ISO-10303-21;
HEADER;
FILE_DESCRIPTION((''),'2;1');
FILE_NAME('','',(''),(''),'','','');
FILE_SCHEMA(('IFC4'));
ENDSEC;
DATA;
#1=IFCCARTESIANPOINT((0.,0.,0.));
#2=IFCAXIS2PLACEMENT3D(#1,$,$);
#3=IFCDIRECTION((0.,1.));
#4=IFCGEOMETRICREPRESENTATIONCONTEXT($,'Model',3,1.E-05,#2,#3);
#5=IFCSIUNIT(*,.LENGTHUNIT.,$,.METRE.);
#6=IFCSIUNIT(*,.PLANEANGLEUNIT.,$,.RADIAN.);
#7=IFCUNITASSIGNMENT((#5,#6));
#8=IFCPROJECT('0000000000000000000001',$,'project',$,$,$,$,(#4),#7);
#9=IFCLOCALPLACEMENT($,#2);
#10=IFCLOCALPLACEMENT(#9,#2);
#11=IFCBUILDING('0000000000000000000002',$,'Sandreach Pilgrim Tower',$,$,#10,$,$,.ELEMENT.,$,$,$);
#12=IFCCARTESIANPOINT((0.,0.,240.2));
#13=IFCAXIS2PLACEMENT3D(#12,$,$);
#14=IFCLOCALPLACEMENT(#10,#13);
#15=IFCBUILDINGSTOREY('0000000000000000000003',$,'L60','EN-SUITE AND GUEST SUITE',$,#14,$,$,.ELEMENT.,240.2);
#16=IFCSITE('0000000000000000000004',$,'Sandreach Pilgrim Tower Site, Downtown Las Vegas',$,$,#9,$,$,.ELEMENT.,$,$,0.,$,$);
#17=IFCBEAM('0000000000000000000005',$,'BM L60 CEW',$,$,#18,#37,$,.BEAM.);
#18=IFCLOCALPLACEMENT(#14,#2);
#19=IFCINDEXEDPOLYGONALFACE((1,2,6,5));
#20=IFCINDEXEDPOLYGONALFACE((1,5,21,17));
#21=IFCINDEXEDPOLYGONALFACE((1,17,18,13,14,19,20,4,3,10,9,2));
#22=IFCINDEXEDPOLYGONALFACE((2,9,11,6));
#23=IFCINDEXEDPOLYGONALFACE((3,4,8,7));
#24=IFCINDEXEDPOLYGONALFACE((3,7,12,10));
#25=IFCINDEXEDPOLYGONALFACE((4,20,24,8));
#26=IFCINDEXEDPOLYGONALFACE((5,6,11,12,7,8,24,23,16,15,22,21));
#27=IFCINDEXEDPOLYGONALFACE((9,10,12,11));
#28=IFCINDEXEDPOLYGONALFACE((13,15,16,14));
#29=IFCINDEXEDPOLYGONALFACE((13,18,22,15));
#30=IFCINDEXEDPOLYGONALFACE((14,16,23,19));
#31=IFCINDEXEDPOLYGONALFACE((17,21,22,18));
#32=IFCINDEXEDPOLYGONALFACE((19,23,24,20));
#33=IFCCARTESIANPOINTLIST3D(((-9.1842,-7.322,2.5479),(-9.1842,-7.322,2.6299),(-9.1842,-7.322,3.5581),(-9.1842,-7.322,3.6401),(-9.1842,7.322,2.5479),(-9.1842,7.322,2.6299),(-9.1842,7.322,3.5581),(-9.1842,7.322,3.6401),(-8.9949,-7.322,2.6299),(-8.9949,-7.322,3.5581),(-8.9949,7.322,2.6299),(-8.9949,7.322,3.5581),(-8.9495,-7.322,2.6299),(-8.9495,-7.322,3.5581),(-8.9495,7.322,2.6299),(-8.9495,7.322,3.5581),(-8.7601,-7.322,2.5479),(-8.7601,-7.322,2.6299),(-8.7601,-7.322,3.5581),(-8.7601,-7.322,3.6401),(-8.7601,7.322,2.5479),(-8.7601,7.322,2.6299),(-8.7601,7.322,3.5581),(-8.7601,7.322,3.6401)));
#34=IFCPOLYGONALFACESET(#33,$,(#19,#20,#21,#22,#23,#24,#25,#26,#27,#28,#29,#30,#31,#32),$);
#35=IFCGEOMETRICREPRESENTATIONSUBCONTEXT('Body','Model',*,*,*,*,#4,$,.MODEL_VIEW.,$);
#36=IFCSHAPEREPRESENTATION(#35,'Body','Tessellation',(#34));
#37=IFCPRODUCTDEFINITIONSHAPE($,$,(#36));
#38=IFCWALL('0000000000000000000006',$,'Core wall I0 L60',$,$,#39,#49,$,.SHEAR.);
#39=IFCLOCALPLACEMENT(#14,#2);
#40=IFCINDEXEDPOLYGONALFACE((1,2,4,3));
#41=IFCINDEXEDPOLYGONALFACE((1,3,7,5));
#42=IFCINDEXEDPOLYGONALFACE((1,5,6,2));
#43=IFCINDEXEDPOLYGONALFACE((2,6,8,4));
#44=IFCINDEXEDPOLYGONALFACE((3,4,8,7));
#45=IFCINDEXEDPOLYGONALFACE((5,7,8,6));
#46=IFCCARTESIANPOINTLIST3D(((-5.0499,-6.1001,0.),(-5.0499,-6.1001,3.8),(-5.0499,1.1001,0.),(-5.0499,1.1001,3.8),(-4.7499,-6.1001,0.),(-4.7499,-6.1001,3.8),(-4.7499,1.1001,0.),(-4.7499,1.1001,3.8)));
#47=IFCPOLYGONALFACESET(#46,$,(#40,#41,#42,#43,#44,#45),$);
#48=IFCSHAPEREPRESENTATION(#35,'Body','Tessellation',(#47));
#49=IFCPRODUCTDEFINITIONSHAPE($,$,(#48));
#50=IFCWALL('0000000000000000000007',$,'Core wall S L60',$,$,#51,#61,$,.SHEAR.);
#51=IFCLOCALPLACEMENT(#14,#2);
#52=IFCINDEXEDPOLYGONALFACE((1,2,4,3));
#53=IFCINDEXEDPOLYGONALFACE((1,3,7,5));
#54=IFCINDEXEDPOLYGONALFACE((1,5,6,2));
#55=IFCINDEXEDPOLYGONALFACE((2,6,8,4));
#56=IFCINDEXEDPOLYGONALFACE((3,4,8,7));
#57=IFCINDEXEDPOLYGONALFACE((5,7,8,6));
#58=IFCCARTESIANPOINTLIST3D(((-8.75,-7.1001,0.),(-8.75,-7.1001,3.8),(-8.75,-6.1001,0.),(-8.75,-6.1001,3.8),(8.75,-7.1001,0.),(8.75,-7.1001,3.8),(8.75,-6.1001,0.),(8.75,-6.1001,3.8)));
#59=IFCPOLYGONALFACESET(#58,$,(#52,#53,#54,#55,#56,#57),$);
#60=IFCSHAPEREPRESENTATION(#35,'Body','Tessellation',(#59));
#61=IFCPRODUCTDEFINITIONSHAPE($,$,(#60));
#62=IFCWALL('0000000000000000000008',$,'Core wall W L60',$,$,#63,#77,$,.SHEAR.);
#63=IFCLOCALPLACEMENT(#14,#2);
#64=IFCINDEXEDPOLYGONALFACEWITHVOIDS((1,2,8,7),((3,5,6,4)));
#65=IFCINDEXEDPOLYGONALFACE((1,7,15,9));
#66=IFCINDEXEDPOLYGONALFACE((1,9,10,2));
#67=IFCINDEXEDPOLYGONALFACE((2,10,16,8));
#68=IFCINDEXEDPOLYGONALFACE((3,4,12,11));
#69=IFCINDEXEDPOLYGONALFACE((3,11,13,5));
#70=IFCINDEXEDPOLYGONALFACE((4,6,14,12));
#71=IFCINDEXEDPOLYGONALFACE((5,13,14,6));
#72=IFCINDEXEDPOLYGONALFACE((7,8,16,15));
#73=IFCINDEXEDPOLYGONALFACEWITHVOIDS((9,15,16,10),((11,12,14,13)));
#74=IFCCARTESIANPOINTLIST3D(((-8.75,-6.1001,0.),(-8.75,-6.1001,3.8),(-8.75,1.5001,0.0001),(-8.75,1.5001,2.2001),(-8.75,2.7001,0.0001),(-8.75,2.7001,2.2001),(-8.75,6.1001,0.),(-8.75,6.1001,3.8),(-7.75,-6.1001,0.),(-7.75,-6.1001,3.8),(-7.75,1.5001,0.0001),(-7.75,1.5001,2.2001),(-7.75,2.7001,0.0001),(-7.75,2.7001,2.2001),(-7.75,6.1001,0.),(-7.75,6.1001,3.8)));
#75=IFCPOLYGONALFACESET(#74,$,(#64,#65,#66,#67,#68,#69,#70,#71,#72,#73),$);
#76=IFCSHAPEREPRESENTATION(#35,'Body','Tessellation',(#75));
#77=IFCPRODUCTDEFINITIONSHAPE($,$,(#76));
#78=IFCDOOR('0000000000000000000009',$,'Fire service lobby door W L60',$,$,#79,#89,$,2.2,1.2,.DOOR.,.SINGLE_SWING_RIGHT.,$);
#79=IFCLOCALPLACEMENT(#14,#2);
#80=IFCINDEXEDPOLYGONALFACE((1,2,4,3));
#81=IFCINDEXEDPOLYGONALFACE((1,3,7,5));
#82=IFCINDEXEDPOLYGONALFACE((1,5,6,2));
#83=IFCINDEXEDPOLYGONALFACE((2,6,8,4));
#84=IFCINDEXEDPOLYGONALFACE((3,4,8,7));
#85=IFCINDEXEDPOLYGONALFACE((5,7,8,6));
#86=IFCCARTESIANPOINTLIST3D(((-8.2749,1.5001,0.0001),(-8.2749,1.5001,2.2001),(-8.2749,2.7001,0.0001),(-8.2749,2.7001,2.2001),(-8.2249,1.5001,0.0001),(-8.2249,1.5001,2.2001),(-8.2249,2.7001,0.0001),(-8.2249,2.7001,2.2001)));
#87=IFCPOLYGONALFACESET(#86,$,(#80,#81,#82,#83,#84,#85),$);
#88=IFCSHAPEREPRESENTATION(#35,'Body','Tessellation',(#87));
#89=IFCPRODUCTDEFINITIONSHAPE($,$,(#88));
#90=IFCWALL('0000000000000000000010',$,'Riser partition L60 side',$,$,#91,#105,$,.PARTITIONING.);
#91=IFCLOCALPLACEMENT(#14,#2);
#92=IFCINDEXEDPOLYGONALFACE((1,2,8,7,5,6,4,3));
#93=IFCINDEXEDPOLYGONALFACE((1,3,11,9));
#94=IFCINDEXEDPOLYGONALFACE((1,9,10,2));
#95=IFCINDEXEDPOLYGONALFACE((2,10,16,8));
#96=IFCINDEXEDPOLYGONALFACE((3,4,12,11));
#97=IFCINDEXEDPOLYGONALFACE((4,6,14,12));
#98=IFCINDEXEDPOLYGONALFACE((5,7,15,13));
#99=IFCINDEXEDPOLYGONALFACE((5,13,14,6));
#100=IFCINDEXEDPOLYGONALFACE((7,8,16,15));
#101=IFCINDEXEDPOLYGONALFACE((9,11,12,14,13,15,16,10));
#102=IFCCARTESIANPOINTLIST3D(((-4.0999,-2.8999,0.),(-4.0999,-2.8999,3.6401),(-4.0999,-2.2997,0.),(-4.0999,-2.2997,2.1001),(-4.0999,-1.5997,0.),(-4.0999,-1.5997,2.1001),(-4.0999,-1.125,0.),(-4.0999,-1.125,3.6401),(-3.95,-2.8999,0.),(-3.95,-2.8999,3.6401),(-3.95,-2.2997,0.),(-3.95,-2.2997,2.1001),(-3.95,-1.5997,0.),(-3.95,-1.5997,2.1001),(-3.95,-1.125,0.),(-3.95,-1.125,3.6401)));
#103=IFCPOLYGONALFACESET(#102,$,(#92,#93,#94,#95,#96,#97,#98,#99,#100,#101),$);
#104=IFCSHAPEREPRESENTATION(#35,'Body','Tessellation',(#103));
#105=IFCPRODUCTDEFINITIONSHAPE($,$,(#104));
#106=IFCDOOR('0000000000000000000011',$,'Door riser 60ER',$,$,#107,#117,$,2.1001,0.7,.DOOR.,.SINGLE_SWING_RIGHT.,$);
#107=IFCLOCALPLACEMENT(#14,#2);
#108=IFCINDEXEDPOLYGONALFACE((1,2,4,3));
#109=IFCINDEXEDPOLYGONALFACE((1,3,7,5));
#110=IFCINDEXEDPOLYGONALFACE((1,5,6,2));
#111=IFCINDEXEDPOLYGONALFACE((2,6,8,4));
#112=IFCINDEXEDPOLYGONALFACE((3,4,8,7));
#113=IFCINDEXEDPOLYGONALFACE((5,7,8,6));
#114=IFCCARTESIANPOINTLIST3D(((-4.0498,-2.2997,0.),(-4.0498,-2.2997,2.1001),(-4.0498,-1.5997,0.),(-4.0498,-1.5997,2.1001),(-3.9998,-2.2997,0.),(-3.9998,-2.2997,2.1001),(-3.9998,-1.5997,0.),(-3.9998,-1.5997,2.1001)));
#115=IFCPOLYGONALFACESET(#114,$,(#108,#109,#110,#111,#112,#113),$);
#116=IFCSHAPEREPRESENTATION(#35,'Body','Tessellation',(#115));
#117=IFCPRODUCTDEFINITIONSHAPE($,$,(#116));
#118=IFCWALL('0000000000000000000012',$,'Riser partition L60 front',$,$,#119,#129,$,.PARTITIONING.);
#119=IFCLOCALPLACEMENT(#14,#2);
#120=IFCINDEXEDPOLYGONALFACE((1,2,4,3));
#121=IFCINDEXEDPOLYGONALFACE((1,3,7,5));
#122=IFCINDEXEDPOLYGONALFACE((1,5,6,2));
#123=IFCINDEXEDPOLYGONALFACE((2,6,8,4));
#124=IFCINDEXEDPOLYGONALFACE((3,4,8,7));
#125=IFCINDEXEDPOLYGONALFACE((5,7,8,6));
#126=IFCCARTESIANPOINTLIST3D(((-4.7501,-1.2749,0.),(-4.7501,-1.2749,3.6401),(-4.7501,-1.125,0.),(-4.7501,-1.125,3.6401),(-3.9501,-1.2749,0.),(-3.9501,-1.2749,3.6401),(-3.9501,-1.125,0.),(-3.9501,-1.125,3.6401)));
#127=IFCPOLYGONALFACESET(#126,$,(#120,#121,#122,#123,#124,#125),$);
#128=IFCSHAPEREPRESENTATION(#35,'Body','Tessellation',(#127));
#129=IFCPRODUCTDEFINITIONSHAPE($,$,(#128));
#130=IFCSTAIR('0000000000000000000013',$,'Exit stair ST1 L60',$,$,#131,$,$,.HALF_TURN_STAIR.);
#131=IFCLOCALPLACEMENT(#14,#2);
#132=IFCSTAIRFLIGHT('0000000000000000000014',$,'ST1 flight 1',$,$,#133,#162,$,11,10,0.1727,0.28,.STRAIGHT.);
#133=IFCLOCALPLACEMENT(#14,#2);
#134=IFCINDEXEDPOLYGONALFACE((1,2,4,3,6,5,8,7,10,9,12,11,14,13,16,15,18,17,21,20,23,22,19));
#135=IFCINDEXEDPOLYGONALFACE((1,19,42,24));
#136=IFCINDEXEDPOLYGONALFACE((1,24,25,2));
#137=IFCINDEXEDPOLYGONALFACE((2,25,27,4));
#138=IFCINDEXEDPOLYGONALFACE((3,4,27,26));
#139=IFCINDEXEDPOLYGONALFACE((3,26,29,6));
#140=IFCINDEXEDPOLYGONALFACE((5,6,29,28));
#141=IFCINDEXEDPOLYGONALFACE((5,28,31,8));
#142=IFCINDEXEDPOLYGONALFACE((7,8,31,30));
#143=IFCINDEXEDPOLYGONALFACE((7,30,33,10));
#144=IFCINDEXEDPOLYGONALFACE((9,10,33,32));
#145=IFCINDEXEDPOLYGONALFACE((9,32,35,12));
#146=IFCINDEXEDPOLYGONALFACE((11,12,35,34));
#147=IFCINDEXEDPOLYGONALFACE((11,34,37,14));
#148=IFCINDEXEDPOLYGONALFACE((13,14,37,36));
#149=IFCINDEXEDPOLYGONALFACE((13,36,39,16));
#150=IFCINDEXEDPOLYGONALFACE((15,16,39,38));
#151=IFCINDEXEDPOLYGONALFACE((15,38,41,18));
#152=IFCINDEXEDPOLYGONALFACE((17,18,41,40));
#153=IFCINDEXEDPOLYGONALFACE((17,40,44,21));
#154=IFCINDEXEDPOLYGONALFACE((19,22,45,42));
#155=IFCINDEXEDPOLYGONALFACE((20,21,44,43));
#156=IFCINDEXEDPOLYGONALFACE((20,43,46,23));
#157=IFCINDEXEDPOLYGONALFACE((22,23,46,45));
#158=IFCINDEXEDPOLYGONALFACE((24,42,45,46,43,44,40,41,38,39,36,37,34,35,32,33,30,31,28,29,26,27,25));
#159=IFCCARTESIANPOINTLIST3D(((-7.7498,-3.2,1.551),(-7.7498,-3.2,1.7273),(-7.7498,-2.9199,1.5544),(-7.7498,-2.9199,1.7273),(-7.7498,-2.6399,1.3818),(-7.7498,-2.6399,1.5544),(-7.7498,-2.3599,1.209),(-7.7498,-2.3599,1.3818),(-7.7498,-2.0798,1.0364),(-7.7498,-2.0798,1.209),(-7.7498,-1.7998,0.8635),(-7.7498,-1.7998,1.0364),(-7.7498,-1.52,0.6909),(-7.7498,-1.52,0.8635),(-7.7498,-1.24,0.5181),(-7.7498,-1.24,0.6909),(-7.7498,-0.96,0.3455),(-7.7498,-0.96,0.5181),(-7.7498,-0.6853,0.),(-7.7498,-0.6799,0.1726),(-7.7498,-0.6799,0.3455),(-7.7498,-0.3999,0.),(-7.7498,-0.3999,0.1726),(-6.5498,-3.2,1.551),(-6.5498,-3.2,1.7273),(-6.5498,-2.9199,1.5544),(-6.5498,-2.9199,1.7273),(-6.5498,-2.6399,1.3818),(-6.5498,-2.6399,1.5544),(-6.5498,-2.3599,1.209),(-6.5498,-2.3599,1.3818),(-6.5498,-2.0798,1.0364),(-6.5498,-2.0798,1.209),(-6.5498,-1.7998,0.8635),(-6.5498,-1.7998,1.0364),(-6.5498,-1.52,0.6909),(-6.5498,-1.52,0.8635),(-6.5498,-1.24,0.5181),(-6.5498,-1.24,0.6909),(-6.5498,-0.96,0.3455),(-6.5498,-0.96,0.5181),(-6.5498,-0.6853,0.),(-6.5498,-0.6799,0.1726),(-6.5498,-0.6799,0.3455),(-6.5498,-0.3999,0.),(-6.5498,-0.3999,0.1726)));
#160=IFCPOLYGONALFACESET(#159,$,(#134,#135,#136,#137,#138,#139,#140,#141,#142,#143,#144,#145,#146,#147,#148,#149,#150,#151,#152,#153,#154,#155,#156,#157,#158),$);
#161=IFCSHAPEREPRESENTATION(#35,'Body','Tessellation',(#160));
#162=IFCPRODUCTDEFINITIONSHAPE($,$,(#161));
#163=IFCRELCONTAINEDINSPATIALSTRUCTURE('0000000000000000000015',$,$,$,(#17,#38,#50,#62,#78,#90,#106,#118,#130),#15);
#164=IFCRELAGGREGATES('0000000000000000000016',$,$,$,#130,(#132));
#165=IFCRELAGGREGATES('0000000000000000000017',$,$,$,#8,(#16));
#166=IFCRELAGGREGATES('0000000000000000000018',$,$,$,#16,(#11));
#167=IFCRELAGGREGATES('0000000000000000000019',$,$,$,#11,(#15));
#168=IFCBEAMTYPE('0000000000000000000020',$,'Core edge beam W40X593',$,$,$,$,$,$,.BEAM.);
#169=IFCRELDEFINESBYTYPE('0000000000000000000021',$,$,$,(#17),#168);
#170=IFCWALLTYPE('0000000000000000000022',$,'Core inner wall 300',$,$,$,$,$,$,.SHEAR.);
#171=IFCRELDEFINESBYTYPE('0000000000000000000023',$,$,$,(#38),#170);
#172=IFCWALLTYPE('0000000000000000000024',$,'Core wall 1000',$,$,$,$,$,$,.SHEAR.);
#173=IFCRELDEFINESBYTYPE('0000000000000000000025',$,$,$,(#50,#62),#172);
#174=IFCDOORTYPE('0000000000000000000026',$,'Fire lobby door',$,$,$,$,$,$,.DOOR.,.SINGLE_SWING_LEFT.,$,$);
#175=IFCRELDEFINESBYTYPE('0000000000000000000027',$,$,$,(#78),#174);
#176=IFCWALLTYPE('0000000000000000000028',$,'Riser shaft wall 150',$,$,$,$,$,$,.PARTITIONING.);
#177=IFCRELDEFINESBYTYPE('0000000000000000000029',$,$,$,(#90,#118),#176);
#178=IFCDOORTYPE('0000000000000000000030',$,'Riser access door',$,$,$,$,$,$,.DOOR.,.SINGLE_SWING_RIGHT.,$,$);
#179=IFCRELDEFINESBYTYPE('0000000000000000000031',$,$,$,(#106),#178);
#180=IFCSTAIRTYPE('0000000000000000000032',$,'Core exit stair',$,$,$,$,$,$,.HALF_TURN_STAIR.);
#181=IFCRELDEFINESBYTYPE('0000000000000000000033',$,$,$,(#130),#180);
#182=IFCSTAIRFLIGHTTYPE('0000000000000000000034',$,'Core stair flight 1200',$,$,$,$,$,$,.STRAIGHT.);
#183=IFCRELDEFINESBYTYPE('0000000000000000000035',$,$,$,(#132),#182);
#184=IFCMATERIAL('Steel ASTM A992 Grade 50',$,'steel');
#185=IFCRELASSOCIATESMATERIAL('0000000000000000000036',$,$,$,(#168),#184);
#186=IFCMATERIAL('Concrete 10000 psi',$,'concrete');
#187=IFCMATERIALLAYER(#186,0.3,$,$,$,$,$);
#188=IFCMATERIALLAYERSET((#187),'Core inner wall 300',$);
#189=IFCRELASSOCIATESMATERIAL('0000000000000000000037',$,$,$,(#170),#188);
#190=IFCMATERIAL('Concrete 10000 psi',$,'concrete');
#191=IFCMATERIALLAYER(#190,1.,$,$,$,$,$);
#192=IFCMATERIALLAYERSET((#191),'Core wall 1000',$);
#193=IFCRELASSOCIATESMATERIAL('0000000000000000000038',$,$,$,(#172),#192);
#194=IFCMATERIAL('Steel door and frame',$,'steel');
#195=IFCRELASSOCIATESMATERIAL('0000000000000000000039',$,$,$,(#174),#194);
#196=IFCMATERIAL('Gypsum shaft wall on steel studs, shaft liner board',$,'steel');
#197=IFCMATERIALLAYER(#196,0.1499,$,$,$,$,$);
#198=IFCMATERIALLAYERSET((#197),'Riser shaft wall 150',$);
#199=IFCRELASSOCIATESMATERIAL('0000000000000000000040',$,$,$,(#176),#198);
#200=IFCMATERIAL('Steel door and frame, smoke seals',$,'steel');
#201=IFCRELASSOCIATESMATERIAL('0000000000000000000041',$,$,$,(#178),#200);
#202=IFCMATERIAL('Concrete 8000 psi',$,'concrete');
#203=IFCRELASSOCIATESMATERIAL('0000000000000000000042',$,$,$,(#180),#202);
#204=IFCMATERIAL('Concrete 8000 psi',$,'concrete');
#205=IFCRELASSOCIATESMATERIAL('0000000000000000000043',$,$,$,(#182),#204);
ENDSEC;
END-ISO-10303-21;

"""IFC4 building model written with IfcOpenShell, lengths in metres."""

from ifc_helpers import new_model, si_unit, direction, frame, frame_2d, origin, origin_2d, place, context, subcontext, project, spatial, polyline, rectangle, i_section, outline, extrude, material, layer, layer_set, material_profile, profile_set, type_object, element, fill, aggregate, save


model = new_model("IFC4")

# Units and contexts
model_context = context("Model", 3, precision=1e-05, world=origin(), true_north=direction((0.0, 1.0)))
body_context = subcontext(model_context, "Body", "Model", "MODEL_VIEW")
ifc_project = project(units=[si_unit("LENGTHUNIT", "METRE"), si_unit("PLANEANGLEUNIT", "RADIAN")], contexts=[model_context])

# Site, building, storey
site_placement = place(None, origin())
site = spatial("IfcSite", under=ifc_project, at=site_placement, Name="Sandreach Pilgrim Tower Site, Downtown Las Vegas", CompositionType="ELEMENT", RefElevation=0.0)
building_placement = place(site_placement, origin())
building = spatial("IfcBuilding", under=site, at=building_placement, Name="Sandreach Pilgrim Tower", CompositionType="ELEMENT")
storey_placement = place(building_placement, frame((0.0, 0.0, 240.2)))
storey = spatial("IfcBuildingStorey", under=building, at=storey_placement, Name="L60", Description="EN-SUITE AND GUEST SUITE", CompositionType="ELEMENT", Elevation=240.2)

# Beam
ifc_material_1 = material(Name="Steel ASTM A992 Grade 50", Category="steel")
ifc_material_profile = material_profile(ifc_material_1, i_section(OverallWidth=0.4241, OverallDepth=1.0923, WebThickness=0.0454, FlangeThickness=0.082, at=origin_2d()), Name="W40X593")
ifc_profile_set = profile_set([ifc_material_profile], Name="Steel ASTM A992 Grade 50")
beam_type = type_object("IfcBeamType", Name="Core edge beam W40X593", PredefinedType="BEAM", material=ifc_profile_set)
beam_placement = place(storey_placement, frame((-8.9722, -7.322, 3.094), z_axis=(0.0, 1.0, 0.0), x_axis=(-1.0, 0.0, 0.0)))
element("IfcBeam", 1, at=beam_placement, inside=storey, type_object=beam_type, Name="BM L60 CEW", PredefinedType="BEAM", context=body_context, shape_type="SweptSolid", body=[
    extrude(i_section(OverallWidth=0.4241, OverallDepth=1.0923, WebThickness=0.0454, FlangeThickness=0.082, at=origin_2d()), origin(), (0.0, 0.0, 1.0), 14.644),
])

# Wall
ifc_material_2 = material(Name="Concrete 10000 psi", Category="concrete")
ifc_layer_1 = layer(ifc_material_2, 0.3)
ifc_layer_set_1 = layer_set([ifc_layer_1], Name="Core inner wall 300")
wall_type_1 = type_object("IfcWallType", Name="Core inner wall 300", PredefinedType="SHEAR", material=ifc_layer_set_1)
wall_1_placement = place(storey_placement, frame((-4.8999, -6.1001, 0.0), z_axis=(0.0, 0.0, 1.0), x_axis=(0.0, 1.0, 0.0)))
element("IfcWall", 2, at=wall_1_placement, inside=storey, type_object=wall_type_1, Name="Core wall I0 L60", PredefinedType="SHEAR", context=body_context, shape_type="SweptSolid", body=[
    extrude(rectangle(XDim=7.2002, YDim=0.3, at=frame_2d((3.6001, 0.0))), origin(), (0.0, 0.0, 1.0), 3.8),
])

# Wall
ifc_material_3 = material(Name="Concrete 10000 psi", Category="concrete")
ifc_layer_2 = layer(ifc_material_3, 1.0)
ifc_layer_set_2 = layer_set([ifc_layer_2], Name="Core wall 1000")
wall_type_2 = type_object("IfcWallType", Name="Core wall 1000", PredefinedType="SHEAR", material=ifc_layer_set_2)
wall_2_placement = place(storey_placement, frame((-8.75, -6.6001, 0.0), z_axis=(0.0, 0.0, 1.0), x_axis=(1.0, 0.0, 0.0)))
element("IfcWall", 3, at=wall_2_placement, inside=storey, type_object=wall_type_2, Name="Core wall S L60", PredefinedType="SHEAR", context=body_context, shape_type="SweptSolid", body=[
    extrude(rectangle(XDim=17.5, YDim=1.0, at=frame_2d((8.75, 0.0))), origin(), (0.0, 0.0, 1.0), 3.8),
])

# Walls, openings, doors
wall_3_placement = place(storey_placement, frame((-8.25, -6.1001, 0.0), z_axis=(0.0, 0.0, 1.0), x_axis=(0.0, 1.0, 0.0)))
wall_3 = element("IfcWall", 4, at=wall_3_placement, inside=storey, type_object=wall_type_2, Name="Core wall W L60", PredefinedType="SHEAR", context=body_context, shape_type="SweptSolid", body=[
    extrude(rectangle(XDim=12.2002, YDim=1.0, at=frame_2d((6.1001, 0.0))), origin(), (0.0, 0.0, 1.0), 3.8),
])
opening_1_placement = place(wall_3_placement, frame((7.6001, 0.0, 0.0)))
opening_1 = element("IfcOpeningElement", 5, at=opening_1_placement, cuts=wall_3, PredefinedType="OPENING", context=body_context, shape_type="SweptSolid", body=[
    extrude(rectangle(XDim=1.2, YDim=2.2, at=frame_2d((0.6001, 1.1001))), frame((0.0, 0.5, 0.0), z_axis=(0.0, -1.0, 0.0), x_axis=(1.0, 0.0, 0.0)), (0.0, 0.0, 1.0), 1.0),
])
ifc_material_4 = material(Name="Steel door and frame", Category="steel")
door_type_1 = type_object("IfcDoorType", Name="Fire lobby door", OperationType="SINGLE_SWING_LEFT", PredefinedType="DOOR", material=ifc_material_4)
door_1_placement = place(opening_1_placement, origin())
door_1 = element("IfcDoor", 6, at=door_1_placement, inside=storey, type_object=door_type_1, Name="Fire service lobby door W L60", OperationType="SINGLE_SWING_RIGHT", OverallHeight=2.2, OverallWidth=1.2, PredefinedType="DOOR", context=body_context, shape_type="SweptSolid", body=[
    extrude(rectangle(XDim=1.2, YDim=2.2, at=frame_2d((0.6001, 1.1001))), frame((0.0, 0.0249, 0.0), z_axis=(0.0, -1.0, 0.0), x_axis=(1.0, 0.0, 0.0)), (0.0, 0.0, 1.0), 0.05),
])
fill(opening_1, door_1)
ifc_material_5 = material(Name="Gypsum shaft wall on steel studs, shaft liner board", Category="steel")
ifc_layer_3 = layer(ifc_material_5, 0.1499)
ifc_layer_set_3 = layer_set([ifc_layer_3], Name="Riser shaft wall 150")
wall_type_3 = type_object("IfcWallType", Name="Riser shaft wall 150", PredefinedType="PARTITIONING", material=ifc_layer_set_3)
wall_4_placement = place(storey_placement, frame((-4.0249, -2.8999, 0.0), z_axis=(0.0, 0.0, 1.0), x_axis=(0.0, 1.0, 0.0)))
wall_4 = element("IfcWall", 7, at=wall_4_placement, inside=storey, type_object=wall_type_3, Name="Riser partition L60 side", PredefinedType="PARTITIONING", context=body_context, shape_type="SweptSolid", body=[
    extrude(rectangle(XDim=1.7749, YDim=0.1499, at=frame_2d((0.8875, 0.0))), origin(), (0.0, 0.0, 1.0), 3.6401),
])
opening_2_placement = place(wall_4_placement, frame((0.6001, 0.0, 0.0)))
opening_2 = element("IfcOpeningElement", 8, at=opening_2_placement, cuts=wall_4, PredefinedType="OPENING", context=body_context, shape_type="SweptSolid", body=[
    extrude(rectangle(XDim=0.7, YDim=2.1001, at=frame_2d((0.3501, 1.05))), frame((0.0, 0.075, 0.0), z_axis=(0.0, -1.0, 0.0), x_axis=(1.0, 0.0, 0.0)), (0.0, 0.0, 1.0), 0.1499),
])
ifc_material_6 = material(Name="Steel door and frame, smoke seals", Category="steel")
door_type_2 = type_object("IfcDoorType", Name="Riser access door", OperationType="SINGLE_SWING_RIGHT", PredefinedType="DOOR", material=ifc_material_6)
door_2_placement = place(opening_2_placement, origin())
door_2 = element("IfcDoor", 9, at=door_2_placement, inside=storey, type_object=door_type_2, Name="Door riser 60ER", OperationType="SINGLE_SWING_RIGHT", OverallHeight=2.1001, OverallWidth=0.7, PredefinedType="DOOR", context=body_context, shape_type="SweptSolid", body=[
    extrude(rectangle(XDim=0.7, YDim=2.1001, at=frame_2d((0.3501, 1.05))), frame((0.0, 0.0249, 0.0), z_axis=(0.0, -1.0, 0.0), x_axis=(1.0, 0.0, 0.0)), (0.0, 0.0, 1.0), 0.05),
])
fill(opening_2, door_2)

# Wall
wall_5_placement = place(storey_placement, frame((-4.75, -1.2, 0.0), z_axis=(0.0, 0.0, 1.0), x_axis=(1.0, 0.0, 0.0)))
element("IfcWall", 10, at=wall_5_placement, inside=storey, type_object=wall_type_3, Name="Riser partition L60 front", PredefinedType="PARTITIONING", context=body_context, shape_type="SweptSolid", body=[
    extrude(rectangle(XDim=0.8, YDim=0.1499, at=frame_2d((0.3999, 0.0))), origin(), (0.0, 0.0, 1.0), 3.6401),
])

# Stair, stair flight
ifc_material_7 = material(Name="Concrete 8000 psi", Category="concrete")
stair_type = type_object("IfcStairType", Name="Core exit stair", PredefinedType="HALF_TURN_STAIR", material=ifc_material_7)
stair_placement = place(storey_placement, origin())
stair = element("IfcStair", 11, at=stair_placement, inside=storey, type_object=stair_type, Name="Exit stair ST1 L60", PredefinedType="HALF_TURN_STAIR")
ifc_material_8 = material(Name="Concrete 8000 psi", Category="concrete")
stair_flight_type = type_object("IfcStairFlightType", Name="Core stair flight 1200", PredefinedType="STRAIGHT", material=ifc_material_8)
stair_flight_1_placement = place(storey_placement, frame((-7.1499, -0.3999, 0.0), z_axis=(0.0, 0.0, 1.0), x_axis=(0.0, -1.0, 0.0)))
stair_flight_1 = element("IfcStairFlight", 12, at=stair_flight_1_placement, type_object=stair_flight_type, Name="ST1 flight 1", NumberOfRisers=11, NumberOfTreads=10, PredefinedType="STRAIGHT", RiserHeight=0.1727, TreadLength=0.28, context=body_context, shape_type="SweptSolid", body=[
    extrude(outline(polyline([(0.0, 0.0), (0.0, 0.1726), (0.28, 0.1726), (0.28, 0.3455), (0.5601, 0.3455), (0.5601, 0.5181), (0.8401, 0.5181), (0.8401, 0.6909), (1.1201, 0.6909), (1.1201, 0.8635), (1.3999, 0.8635), (1.3999, 1.0364), (1.6799, 1.0364), (1.6799, 1.209), (1.96, 1.209), (1.96, 1.3818), (2.24, 1.3818), (2.24, 1.5544), (2.52, 1.5544), (2.52, 1.7273), (2.8, 1.7273), (2.8, 1.8999), (2.8, 1.551), (0.2854, 0.0), (0.0, 0.0)])), frame((0.0, 0.6001, 0.0), z_axis=(0.0, -1.0, 0.0), x_axis=(1.0, 0.0, 0.0)), (0.0, 0.0, 1.0), 1.2),
])
aggregate(stair, [stair_flight_1])

save(model, "model.ifc")
